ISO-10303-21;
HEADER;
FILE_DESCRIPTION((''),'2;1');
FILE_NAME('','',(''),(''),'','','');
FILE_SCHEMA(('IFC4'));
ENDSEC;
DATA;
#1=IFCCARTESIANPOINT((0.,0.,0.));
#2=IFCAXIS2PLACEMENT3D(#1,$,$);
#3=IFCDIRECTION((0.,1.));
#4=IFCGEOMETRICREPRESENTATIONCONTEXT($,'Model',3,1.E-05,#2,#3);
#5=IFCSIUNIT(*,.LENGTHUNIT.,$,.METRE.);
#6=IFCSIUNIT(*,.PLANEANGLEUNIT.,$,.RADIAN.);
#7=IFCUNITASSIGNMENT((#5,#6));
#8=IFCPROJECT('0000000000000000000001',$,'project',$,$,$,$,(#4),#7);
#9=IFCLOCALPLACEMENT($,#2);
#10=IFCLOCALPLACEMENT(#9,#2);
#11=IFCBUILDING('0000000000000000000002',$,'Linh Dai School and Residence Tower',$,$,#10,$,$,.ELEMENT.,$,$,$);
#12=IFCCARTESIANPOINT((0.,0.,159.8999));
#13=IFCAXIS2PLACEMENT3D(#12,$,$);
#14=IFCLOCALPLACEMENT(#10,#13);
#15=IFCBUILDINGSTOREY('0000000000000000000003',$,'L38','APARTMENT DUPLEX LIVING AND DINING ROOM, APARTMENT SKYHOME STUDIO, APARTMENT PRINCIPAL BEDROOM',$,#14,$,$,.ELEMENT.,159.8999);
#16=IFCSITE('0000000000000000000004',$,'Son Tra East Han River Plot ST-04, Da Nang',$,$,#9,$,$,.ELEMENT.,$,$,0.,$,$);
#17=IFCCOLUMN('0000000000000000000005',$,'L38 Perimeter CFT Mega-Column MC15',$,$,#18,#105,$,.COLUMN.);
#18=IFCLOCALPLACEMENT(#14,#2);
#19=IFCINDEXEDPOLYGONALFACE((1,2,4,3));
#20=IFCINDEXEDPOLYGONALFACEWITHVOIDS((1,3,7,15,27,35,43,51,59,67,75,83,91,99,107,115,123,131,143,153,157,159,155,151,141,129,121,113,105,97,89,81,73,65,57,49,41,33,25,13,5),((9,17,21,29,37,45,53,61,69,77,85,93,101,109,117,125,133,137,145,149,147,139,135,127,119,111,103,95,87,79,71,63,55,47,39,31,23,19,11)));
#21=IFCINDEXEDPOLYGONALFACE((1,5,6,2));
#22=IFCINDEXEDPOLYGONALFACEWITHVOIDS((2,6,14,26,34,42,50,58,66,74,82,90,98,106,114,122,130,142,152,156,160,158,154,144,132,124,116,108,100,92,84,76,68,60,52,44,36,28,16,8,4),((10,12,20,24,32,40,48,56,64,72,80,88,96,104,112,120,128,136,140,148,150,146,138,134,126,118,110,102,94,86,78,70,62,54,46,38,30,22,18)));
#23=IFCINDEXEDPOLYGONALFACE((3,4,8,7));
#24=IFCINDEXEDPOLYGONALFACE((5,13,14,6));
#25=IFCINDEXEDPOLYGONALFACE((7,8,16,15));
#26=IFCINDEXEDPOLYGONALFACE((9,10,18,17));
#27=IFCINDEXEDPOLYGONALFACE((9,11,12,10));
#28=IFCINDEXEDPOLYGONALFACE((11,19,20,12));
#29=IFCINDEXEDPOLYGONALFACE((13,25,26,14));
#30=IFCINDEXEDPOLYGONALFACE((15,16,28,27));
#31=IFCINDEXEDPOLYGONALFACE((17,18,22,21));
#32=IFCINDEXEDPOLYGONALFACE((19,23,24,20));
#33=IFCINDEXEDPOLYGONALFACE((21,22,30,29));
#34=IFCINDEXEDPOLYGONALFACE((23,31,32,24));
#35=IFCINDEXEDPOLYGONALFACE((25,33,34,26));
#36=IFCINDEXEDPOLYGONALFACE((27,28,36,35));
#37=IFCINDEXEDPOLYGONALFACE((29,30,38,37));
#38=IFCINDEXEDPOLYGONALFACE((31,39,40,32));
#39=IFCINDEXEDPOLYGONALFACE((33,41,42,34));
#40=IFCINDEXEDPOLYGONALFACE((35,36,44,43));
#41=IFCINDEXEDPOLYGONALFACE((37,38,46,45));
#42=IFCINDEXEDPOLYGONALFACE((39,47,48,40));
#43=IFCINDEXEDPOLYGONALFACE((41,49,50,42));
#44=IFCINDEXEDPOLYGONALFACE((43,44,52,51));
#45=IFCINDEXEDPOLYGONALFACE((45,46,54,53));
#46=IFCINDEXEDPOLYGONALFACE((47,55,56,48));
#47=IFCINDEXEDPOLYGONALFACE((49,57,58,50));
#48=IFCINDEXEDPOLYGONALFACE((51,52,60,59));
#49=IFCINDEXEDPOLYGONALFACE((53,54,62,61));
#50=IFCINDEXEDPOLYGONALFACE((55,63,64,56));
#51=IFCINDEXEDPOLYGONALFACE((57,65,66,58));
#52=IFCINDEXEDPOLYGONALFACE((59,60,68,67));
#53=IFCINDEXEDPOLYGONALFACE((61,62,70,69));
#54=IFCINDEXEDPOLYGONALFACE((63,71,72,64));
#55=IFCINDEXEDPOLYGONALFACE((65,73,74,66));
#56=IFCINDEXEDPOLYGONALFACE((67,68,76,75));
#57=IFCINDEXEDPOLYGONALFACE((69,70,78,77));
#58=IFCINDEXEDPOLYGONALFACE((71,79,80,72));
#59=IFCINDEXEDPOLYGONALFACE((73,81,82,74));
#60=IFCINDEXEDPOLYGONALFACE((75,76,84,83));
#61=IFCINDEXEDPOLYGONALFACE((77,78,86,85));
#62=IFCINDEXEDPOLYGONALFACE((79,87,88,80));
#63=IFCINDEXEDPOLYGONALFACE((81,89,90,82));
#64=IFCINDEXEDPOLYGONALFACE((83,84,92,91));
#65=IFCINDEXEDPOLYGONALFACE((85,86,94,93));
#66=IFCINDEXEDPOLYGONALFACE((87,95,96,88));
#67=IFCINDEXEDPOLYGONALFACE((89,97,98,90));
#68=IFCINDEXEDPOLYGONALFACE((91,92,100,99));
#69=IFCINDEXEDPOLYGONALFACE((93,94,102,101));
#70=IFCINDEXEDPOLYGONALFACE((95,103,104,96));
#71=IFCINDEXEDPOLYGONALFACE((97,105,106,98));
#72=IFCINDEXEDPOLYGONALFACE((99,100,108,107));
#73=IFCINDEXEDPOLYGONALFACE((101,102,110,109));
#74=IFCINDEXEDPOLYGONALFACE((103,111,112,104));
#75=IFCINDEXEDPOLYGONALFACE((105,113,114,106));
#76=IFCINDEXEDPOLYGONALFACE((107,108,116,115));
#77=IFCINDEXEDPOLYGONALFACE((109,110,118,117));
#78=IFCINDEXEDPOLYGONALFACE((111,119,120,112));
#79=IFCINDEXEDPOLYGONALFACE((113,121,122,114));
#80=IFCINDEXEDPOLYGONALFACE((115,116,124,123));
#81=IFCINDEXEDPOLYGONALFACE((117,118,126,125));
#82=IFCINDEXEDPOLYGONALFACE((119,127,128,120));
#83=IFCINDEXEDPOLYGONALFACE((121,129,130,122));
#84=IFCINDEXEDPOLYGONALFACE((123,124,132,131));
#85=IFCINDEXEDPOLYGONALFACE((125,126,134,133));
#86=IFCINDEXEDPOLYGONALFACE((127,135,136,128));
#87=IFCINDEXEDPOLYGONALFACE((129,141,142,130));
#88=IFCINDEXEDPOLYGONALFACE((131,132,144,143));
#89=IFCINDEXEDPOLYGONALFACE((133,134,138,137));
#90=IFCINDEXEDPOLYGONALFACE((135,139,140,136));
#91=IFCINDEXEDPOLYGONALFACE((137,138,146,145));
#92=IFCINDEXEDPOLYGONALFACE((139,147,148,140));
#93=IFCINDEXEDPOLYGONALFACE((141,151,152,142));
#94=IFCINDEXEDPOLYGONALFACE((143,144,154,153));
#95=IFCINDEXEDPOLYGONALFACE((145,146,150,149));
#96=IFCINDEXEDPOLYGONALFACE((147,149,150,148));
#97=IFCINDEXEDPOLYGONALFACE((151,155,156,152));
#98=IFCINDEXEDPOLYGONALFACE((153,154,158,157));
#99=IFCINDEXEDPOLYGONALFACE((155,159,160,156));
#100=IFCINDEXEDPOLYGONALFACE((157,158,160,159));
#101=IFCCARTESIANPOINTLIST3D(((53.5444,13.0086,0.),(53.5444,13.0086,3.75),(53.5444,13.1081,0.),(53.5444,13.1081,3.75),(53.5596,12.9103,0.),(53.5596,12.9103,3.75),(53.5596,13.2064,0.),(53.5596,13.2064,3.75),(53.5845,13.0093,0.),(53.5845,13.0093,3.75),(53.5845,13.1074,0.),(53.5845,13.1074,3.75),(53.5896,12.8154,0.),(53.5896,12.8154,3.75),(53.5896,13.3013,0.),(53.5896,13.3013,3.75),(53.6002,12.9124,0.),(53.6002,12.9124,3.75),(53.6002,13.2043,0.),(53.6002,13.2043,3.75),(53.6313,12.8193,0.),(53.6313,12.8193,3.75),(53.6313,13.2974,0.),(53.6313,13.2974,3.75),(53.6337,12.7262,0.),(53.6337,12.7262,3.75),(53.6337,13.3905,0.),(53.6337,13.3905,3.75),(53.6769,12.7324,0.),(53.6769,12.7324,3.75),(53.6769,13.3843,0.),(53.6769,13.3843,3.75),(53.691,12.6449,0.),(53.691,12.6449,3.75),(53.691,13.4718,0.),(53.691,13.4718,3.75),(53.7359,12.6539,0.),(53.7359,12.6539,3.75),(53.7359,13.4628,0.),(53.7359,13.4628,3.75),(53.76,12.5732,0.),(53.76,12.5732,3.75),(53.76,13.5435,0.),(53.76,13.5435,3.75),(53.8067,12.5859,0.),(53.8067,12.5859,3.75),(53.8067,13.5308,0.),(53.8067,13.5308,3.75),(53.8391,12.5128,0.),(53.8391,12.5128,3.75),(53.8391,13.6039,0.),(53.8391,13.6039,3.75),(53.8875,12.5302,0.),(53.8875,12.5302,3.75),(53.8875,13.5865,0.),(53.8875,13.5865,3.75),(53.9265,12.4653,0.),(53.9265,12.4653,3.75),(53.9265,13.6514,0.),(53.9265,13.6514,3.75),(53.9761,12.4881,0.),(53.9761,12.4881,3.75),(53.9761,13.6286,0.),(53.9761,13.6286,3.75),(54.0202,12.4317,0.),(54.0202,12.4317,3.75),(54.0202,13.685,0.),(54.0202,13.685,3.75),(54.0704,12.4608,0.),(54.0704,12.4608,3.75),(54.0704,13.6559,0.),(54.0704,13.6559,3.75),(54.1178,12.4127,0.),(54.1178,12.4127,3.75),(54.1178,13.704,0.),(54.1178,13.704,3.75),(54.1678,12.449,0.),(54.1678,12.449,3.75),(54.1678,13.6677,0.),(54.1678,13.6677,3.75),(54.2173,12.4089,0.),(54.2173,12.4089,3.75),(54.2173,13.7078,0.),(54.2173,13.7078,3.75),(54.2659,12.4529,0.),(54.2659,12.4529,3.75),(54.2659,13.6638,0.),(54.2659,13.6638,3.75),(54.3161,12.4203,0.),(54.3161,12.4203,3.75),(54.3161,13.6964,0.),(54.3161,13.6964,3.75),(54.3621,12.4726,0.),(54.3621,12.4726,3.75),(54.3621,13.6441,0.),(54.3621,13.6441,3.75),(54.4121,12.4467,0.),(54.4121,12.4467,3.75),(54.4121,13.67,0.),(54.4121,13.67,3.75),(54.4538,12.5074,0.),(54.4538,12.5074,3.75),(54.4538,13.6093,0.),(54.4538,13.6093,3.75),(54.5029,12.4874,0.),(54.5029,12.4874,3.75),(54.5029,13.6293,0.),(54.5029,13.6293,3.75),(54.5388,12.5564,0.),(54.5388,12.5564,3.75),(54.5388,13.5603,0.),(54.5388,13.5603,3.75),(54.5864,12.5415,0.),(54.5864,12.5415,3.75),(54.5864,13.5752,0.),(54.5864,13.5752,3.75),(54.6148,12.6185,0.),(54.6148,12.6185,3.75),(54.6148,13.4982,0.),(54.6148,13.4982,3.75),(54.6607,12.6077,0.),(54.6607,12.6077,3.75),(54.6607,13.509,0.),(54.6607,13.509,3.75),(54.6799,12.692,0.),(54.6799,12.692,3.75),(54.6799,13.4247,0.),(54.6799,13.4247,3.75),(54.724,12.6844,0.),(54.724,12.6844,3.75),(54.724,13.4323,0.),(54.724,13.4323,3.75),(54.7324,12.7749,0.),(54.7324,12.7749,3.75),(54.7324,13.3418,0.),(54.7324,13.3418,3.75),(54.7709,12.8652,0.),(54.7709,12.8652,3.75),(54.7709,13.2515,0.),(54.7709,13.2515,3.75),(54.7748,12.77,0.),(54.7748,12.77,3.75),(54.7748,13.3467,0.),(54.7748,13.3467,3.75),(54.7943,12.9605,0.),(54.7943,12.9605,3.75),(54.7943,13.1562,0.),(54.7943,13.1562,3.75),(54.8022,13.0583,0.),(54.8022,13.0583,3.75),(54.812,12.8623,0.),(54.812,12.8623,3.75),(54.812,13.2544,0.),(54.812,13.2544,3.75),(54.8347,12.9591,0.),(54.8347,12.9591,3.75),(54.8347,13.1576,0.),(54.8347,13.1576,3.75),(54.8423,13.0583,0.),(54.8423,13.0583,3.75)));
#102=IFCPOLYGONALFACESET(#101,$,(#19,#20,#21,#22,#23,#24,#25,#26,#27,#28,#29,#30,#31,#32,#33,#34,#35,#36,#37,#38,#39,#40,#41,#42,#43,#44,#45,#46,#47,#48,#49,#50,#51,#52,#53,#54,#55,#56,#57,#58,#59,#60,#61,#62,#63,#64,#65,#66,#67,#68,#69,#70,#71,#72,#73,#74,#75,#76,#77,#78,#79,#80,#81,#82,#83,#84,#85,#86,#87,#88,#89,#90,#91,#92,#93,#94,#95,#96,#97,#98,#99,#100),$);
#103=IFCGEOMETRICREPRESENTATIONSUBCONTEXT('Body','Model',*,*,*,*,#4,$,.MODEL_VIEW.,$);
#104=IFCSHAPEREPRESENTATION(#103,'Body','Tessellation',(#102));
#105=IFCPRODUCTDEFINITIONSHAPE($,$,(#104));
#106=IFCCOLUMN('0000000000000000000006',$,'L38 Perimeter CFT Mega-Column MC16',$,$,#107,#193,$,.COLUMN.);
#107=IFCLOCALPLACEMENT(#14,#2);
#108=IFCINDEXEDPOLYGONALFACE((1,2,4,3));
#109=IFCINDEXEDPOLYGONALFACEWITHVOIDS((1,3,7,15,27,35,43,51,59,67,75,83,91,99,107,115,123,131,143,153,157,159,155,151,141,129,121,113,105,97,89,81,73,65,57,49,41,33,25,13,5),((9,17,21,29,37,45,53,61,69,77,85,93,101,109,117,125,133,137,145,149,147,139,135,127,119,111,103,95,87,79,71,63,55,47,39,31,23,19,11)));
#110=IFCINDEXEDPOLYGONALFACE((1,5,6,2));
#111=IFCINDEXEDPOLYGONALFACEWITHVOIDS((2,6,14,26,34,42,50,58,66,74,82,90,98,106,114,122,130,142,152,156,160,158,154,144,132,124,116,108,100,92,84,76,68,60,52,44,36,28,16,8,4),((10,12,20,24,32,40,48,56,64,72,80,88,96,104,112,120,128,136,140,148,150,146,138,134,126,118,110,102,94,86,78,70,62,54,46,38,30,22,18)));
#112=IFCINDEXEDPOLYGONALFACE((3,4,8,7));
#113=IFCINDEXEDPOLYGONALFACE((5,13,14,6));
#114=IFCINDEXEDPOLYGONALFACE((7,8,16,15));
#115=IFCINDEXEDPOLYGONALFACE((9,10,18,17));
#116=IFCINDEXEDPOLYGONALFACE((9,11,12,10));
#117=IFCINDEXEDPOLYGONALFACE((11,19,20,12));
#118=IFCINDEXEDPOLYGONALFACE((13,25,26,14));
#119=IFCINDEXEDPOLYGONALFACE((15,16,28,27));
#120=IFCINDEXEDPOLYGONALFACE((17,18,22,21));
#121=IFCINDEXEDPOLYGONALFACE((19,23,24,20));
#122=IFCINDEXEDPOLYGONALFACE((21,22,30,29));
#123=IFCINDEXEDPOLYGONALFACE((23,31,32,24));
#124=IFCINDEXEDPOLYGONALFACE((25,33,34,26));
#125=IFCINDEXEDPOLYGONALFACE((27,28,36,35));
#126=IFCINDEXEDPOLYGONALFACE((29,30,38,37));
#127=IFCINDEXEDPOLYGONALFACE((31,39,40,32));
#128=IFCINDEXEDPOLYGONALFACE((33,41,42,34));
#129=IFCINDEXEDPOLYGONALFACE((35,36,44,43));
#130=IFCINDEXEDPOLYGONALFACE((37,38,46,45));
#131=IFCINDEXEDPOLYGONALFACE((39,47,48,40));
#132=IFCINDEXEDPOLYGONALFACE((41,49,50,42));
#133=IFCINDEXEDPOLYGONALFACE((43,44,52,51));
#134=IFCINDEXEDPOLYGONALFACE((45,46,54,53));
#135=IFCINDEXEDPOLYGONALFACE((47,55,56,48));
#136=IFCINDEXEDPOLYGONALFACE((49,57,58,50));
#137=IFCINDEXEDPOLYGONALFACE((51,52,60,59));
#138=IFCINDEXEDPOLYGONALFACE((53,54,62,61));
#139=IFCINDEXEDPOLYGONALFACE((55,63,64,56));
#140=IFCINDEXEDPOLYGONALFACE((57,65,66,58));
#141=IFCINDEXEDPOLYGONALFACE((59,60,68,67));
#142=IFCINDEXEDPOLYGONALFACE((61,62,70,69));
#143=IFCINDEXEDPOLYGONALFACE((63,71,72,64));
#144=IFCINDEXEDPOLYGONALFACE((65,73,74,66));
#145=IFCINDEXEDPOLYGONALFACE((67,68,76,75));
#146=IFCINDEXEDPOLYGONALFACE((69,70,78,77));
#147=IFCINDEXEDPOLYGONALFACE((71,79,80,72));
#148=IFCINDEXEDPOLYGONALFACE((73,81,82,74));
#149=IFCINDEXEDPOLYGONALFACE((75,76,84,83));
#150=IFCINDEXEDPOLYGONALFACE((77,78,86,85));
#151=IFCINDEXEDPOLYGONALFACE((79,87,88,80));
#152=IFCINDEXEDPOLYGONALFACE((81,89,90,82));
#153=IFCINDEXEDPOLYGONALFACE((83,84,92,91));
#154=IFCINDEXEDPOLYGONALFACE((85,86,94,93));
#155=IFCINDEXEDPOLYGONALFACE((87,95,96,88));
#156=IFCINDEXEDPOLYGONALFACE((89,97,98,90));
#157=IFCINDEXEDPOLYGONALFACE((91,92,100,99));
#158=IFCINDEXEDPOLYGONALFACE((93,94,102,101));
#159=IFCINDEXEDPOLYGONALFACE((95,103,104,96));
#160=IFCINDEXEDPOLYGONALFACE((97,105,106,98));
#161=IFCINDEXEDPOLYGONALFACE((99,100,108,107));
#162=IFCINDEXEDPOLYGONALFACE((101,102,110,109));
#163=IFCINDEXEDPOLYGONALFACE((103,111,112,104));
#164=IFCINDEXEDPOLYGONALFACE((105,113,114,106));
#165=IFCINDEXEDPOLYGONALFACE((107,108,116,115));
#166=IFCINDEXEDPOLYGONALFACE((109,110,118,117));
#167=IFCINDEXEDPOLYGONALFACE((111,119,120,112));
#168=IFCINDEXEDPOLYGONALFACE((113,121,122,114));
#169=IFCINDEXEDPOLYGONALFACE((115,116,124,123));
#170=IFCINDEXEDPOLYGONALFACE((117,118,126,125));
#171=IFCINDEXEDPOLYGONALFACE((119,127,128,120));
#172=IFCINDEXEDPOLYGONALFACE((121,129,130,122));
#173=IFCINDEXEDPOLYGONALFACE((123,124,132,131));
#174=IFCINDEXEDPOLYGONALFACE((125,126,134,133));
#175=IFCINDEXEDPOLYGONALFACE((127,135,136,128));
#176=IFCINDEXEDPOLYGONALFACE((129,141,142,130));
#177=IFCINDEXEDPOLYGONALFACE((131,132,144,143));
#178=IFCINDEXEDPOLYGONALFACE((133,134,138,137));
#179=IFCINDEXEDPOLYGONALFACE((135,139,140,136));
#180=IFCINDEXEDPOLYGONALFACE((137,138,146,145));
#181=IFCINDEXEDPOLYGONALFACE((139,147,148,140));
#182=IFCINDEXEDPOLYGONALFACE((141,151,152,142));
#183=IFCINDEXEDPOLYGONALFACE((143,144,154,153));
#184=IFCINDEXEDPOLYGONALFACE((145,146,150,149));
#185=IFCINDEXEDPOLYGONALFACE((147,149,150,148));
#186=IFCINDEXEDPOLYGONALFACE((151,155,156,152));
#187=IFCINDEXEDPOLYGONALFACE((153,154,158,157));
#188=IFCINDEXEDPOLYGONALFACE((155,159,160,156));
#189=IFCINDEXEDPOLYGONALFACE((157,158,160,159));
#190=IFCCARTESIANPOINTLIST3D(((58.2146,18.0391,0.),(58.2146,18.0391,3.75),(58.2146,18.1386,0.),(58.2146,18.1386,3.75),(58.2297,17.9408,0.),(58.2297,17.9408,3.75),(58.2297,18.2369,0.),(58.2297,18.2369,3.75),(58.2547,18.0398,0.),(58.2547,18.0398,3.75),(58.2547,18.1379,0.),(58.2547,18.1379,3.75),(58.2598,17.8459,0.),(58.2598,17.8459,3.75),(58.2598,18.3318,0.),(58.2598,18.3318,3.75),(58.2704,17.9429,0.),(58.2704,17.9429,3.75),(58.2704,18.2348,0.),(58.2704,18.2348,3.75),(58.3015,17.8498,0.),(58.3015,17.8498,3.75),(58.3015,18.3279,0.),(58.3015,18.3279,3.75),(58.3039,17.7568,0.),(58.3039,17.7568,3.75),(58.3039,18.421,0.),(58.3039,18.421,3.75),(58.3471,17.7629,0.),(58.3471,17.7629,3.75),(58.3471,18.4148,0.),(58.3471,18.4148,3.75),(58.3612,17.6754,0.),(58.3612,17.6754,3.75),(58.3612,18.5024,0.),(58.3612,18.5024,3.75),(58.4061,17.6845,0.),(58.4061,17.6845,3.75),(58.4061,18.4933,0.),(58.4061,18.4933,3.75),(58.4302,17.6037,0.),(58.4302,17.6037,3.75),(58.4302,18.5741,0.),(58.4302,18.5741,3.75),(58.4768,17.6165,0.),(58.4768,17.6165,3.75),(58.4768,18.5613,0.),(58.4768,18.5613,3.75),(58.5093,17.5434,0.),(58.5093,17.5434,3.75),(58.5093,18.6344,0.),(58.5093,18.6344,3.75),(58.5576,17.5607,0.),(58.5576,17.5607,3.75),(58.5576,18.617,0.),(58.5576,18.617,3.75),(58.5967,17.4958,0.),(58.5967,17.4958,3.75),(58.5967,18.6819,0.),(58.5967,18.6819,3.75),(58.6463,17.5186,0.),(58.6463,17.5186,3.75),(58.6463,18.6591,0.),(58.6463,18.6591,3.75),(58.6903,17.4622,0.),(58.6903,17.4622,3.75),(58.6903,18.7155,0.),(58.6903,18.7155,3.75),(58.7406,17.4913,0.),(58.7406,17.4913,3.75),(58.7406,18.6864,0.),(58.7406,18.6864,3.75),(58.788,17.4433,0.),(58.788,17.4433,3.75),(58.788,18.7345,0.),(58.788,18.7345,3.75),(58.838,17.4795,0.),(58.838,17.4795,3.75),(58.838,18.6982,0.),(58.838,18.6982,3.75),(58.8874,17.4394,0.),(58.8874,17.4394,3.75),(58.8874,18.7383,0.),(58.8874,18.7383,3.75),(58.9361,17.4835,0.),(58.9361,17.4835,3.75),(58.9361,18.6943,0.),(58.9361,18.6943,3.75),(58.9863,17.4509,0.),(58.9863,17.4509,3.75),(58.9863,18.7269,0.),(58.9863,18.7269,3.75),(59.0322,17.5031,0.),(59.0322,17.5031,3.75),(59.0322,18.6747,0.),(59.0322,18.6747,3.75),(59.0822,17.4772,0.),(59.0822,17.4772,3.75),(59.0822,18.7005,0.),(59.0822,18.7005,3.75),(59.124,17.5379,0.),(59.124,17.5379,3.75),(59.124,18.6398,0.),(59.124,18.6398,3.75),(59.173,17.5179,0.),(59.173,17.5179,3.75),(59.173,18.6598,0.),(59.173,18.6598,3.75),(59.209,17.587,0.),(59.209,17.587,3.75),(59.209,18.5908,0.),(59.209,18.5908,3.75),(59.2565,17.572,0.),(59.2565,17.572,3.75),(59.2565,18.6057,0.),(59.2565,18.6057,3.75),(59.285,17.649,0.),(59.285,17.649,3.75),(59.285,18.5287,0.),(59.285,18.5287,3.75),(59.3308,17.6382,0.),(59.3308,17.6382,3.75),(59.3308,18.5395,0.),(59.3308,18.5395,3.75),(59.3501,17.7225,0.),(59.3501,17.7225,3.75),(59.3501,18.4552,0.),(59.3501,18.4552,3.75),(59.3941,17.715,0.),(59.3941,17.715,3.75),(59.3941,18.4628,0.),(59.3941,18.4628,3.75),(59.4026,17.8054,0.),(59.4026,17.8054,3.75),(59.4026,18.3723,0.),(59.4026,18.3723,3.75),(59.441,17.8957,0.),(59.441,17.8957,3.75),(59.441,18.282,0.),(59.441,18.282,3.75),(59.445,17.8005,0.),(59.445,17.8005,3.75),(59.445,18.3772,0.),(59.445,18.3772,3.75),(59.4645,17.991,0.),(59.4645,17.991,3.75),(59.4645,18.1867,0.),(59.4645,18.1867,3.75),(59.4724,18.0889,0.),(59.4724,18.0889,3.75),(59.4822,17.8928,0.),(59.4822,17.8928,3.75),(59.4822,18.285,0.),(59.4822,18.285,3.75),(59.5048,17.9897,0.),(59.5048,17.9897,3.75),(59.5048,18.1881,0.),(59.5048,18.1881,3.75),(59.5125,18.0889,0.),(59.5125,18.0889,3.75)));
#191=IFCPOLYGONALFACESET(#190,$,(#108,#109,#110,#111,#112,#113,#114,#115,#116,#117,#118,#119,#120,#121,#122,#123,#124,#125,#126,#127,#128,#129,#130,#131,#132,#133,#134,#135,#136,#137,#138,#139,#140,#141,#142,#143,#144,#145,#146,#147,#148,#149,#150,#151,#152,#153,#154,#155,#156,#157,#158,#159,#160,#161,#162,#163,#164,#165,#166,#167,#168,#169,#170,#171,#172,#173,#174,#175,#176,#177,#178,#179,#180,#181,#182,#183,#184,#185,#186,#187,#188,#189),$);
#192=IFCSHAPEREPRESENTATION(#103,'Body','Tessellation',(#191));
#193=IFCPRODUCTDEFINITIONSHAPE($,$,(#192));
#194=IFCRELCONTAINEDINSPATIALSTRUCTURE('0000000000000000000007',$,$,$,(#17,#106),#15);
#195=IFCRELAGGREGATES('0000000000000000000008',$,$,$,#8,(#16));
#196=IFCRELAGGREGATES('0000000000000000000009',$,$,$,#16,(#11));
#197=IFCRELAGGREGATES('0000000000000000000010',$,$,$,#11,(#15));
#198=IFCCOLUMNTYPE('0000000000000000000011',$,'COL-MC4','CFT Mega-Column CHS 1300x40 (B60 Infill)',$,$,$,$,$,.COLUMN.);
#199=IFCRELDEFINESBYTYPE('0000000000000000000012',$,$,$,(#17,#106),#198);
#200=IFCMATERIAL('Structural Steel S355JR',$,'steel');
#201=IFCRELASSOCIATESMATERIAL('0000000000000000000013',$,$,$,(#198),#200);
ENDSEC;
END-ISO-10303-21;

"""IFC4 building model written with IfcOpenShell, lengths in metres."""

from ifc_helpers import new_model, si_unit, direction, frame, origin, origin_2d, place, context, subcontext, project, spatial, hollow_circle, extrude, material, material_profile, profile_set, type_object, element, save


model = new_model("IFC4")

# Units and contexts
model_context = context("Model", 3, precision=1e-05, world=origin(), true_north=direction((0.0, 1.0)))
body_context = subcontext(model_context, "Body", "Model", "MODEL_VIEW")
ifc_project = project(units=[si_unit("LENGTHUNIT", "METRE"), si_unit("PLANEANGLEUNIT", "RADIAN")], contexts=[model_context])

# Site, building, storey
site_placement = place(None, origin())
site = spatial("IfcSite", under=ifc_project, at=site_placement, Name="Son Tra East Han River Plot ST-04, Da Nang", CompositionType="ELEMENT", RefElevation=0.0)
building_placement = place(site_placement, origin())
building = spatial("IfcBuilding", under=site, at=building_placement, Name="Linh Dai School and Residence Tower", CompositionType="ELEMENT")
storey_placement = place(building_placement, frame((0.0, 0.0, 159.8999)))
storey = spatial("IfcBuildingStorey", under=building, at=storey_placement, Name="L38", Description="APARTMENT DUPLEX LIVING AND DINING ROOM, APARTMENT SKYHOME STUDIO, APARTMENT PRINCIPAL BEDROOM", CompositionType="ELEMENT", Elevation=159.8999)

# Columns
ifc_material_1 = material(Name="Structural Steel S355JR", Category="steel")
ifc_material_profile_1 = material_profile(ifc_material_1, hollow_circle(Radius=0.6499, WallThickness=0.04, at=origin_2d()), Name="CHS 1300x40")
ifc_profile_set_1 = profile_set([ifc_material_profile_1], Name="Structural Steel S355JR")
column_type = type_object("IfcColumnType", Name="COL-MC4", Description="CFT Mega-Column CHS 1300x40 (B60 Infill)", PredefinedType="COLUMN", material=ifc_profile_set_1)
for number, where, z_axis, x_axis, name in (
    (1, (54.1924, 13.0583, 0.0), (0.0, 0.0, 1.0), (1.0, 0.0, 0.0), "L38 Perimeter CFT Mega-Column MC15"),
    (2, (58.8625, 18.0889, 0.0), (0.0, 0.0, 1.0), (1.0, 0.0, 0.0), "L38 Perimeter CFT Mega-Column MC16"),
):
    element("IfcColumn", number, at=place(storey_placement, frame(where, z_axis=z_axis, x_axis=x_axis)), inside=storey, type_object=column_type, Name=name, PredefinedType="COLUMN", context=body_context, shape_type="SweptSolid", body=[
        extrude(hollow_circle(Radius=0.6499, WallThickness=0.04, at=origin_2d()), origin(), (0.0, 0.0, 1.0), 3.75),
    ])

save(model, "model.ifc")
